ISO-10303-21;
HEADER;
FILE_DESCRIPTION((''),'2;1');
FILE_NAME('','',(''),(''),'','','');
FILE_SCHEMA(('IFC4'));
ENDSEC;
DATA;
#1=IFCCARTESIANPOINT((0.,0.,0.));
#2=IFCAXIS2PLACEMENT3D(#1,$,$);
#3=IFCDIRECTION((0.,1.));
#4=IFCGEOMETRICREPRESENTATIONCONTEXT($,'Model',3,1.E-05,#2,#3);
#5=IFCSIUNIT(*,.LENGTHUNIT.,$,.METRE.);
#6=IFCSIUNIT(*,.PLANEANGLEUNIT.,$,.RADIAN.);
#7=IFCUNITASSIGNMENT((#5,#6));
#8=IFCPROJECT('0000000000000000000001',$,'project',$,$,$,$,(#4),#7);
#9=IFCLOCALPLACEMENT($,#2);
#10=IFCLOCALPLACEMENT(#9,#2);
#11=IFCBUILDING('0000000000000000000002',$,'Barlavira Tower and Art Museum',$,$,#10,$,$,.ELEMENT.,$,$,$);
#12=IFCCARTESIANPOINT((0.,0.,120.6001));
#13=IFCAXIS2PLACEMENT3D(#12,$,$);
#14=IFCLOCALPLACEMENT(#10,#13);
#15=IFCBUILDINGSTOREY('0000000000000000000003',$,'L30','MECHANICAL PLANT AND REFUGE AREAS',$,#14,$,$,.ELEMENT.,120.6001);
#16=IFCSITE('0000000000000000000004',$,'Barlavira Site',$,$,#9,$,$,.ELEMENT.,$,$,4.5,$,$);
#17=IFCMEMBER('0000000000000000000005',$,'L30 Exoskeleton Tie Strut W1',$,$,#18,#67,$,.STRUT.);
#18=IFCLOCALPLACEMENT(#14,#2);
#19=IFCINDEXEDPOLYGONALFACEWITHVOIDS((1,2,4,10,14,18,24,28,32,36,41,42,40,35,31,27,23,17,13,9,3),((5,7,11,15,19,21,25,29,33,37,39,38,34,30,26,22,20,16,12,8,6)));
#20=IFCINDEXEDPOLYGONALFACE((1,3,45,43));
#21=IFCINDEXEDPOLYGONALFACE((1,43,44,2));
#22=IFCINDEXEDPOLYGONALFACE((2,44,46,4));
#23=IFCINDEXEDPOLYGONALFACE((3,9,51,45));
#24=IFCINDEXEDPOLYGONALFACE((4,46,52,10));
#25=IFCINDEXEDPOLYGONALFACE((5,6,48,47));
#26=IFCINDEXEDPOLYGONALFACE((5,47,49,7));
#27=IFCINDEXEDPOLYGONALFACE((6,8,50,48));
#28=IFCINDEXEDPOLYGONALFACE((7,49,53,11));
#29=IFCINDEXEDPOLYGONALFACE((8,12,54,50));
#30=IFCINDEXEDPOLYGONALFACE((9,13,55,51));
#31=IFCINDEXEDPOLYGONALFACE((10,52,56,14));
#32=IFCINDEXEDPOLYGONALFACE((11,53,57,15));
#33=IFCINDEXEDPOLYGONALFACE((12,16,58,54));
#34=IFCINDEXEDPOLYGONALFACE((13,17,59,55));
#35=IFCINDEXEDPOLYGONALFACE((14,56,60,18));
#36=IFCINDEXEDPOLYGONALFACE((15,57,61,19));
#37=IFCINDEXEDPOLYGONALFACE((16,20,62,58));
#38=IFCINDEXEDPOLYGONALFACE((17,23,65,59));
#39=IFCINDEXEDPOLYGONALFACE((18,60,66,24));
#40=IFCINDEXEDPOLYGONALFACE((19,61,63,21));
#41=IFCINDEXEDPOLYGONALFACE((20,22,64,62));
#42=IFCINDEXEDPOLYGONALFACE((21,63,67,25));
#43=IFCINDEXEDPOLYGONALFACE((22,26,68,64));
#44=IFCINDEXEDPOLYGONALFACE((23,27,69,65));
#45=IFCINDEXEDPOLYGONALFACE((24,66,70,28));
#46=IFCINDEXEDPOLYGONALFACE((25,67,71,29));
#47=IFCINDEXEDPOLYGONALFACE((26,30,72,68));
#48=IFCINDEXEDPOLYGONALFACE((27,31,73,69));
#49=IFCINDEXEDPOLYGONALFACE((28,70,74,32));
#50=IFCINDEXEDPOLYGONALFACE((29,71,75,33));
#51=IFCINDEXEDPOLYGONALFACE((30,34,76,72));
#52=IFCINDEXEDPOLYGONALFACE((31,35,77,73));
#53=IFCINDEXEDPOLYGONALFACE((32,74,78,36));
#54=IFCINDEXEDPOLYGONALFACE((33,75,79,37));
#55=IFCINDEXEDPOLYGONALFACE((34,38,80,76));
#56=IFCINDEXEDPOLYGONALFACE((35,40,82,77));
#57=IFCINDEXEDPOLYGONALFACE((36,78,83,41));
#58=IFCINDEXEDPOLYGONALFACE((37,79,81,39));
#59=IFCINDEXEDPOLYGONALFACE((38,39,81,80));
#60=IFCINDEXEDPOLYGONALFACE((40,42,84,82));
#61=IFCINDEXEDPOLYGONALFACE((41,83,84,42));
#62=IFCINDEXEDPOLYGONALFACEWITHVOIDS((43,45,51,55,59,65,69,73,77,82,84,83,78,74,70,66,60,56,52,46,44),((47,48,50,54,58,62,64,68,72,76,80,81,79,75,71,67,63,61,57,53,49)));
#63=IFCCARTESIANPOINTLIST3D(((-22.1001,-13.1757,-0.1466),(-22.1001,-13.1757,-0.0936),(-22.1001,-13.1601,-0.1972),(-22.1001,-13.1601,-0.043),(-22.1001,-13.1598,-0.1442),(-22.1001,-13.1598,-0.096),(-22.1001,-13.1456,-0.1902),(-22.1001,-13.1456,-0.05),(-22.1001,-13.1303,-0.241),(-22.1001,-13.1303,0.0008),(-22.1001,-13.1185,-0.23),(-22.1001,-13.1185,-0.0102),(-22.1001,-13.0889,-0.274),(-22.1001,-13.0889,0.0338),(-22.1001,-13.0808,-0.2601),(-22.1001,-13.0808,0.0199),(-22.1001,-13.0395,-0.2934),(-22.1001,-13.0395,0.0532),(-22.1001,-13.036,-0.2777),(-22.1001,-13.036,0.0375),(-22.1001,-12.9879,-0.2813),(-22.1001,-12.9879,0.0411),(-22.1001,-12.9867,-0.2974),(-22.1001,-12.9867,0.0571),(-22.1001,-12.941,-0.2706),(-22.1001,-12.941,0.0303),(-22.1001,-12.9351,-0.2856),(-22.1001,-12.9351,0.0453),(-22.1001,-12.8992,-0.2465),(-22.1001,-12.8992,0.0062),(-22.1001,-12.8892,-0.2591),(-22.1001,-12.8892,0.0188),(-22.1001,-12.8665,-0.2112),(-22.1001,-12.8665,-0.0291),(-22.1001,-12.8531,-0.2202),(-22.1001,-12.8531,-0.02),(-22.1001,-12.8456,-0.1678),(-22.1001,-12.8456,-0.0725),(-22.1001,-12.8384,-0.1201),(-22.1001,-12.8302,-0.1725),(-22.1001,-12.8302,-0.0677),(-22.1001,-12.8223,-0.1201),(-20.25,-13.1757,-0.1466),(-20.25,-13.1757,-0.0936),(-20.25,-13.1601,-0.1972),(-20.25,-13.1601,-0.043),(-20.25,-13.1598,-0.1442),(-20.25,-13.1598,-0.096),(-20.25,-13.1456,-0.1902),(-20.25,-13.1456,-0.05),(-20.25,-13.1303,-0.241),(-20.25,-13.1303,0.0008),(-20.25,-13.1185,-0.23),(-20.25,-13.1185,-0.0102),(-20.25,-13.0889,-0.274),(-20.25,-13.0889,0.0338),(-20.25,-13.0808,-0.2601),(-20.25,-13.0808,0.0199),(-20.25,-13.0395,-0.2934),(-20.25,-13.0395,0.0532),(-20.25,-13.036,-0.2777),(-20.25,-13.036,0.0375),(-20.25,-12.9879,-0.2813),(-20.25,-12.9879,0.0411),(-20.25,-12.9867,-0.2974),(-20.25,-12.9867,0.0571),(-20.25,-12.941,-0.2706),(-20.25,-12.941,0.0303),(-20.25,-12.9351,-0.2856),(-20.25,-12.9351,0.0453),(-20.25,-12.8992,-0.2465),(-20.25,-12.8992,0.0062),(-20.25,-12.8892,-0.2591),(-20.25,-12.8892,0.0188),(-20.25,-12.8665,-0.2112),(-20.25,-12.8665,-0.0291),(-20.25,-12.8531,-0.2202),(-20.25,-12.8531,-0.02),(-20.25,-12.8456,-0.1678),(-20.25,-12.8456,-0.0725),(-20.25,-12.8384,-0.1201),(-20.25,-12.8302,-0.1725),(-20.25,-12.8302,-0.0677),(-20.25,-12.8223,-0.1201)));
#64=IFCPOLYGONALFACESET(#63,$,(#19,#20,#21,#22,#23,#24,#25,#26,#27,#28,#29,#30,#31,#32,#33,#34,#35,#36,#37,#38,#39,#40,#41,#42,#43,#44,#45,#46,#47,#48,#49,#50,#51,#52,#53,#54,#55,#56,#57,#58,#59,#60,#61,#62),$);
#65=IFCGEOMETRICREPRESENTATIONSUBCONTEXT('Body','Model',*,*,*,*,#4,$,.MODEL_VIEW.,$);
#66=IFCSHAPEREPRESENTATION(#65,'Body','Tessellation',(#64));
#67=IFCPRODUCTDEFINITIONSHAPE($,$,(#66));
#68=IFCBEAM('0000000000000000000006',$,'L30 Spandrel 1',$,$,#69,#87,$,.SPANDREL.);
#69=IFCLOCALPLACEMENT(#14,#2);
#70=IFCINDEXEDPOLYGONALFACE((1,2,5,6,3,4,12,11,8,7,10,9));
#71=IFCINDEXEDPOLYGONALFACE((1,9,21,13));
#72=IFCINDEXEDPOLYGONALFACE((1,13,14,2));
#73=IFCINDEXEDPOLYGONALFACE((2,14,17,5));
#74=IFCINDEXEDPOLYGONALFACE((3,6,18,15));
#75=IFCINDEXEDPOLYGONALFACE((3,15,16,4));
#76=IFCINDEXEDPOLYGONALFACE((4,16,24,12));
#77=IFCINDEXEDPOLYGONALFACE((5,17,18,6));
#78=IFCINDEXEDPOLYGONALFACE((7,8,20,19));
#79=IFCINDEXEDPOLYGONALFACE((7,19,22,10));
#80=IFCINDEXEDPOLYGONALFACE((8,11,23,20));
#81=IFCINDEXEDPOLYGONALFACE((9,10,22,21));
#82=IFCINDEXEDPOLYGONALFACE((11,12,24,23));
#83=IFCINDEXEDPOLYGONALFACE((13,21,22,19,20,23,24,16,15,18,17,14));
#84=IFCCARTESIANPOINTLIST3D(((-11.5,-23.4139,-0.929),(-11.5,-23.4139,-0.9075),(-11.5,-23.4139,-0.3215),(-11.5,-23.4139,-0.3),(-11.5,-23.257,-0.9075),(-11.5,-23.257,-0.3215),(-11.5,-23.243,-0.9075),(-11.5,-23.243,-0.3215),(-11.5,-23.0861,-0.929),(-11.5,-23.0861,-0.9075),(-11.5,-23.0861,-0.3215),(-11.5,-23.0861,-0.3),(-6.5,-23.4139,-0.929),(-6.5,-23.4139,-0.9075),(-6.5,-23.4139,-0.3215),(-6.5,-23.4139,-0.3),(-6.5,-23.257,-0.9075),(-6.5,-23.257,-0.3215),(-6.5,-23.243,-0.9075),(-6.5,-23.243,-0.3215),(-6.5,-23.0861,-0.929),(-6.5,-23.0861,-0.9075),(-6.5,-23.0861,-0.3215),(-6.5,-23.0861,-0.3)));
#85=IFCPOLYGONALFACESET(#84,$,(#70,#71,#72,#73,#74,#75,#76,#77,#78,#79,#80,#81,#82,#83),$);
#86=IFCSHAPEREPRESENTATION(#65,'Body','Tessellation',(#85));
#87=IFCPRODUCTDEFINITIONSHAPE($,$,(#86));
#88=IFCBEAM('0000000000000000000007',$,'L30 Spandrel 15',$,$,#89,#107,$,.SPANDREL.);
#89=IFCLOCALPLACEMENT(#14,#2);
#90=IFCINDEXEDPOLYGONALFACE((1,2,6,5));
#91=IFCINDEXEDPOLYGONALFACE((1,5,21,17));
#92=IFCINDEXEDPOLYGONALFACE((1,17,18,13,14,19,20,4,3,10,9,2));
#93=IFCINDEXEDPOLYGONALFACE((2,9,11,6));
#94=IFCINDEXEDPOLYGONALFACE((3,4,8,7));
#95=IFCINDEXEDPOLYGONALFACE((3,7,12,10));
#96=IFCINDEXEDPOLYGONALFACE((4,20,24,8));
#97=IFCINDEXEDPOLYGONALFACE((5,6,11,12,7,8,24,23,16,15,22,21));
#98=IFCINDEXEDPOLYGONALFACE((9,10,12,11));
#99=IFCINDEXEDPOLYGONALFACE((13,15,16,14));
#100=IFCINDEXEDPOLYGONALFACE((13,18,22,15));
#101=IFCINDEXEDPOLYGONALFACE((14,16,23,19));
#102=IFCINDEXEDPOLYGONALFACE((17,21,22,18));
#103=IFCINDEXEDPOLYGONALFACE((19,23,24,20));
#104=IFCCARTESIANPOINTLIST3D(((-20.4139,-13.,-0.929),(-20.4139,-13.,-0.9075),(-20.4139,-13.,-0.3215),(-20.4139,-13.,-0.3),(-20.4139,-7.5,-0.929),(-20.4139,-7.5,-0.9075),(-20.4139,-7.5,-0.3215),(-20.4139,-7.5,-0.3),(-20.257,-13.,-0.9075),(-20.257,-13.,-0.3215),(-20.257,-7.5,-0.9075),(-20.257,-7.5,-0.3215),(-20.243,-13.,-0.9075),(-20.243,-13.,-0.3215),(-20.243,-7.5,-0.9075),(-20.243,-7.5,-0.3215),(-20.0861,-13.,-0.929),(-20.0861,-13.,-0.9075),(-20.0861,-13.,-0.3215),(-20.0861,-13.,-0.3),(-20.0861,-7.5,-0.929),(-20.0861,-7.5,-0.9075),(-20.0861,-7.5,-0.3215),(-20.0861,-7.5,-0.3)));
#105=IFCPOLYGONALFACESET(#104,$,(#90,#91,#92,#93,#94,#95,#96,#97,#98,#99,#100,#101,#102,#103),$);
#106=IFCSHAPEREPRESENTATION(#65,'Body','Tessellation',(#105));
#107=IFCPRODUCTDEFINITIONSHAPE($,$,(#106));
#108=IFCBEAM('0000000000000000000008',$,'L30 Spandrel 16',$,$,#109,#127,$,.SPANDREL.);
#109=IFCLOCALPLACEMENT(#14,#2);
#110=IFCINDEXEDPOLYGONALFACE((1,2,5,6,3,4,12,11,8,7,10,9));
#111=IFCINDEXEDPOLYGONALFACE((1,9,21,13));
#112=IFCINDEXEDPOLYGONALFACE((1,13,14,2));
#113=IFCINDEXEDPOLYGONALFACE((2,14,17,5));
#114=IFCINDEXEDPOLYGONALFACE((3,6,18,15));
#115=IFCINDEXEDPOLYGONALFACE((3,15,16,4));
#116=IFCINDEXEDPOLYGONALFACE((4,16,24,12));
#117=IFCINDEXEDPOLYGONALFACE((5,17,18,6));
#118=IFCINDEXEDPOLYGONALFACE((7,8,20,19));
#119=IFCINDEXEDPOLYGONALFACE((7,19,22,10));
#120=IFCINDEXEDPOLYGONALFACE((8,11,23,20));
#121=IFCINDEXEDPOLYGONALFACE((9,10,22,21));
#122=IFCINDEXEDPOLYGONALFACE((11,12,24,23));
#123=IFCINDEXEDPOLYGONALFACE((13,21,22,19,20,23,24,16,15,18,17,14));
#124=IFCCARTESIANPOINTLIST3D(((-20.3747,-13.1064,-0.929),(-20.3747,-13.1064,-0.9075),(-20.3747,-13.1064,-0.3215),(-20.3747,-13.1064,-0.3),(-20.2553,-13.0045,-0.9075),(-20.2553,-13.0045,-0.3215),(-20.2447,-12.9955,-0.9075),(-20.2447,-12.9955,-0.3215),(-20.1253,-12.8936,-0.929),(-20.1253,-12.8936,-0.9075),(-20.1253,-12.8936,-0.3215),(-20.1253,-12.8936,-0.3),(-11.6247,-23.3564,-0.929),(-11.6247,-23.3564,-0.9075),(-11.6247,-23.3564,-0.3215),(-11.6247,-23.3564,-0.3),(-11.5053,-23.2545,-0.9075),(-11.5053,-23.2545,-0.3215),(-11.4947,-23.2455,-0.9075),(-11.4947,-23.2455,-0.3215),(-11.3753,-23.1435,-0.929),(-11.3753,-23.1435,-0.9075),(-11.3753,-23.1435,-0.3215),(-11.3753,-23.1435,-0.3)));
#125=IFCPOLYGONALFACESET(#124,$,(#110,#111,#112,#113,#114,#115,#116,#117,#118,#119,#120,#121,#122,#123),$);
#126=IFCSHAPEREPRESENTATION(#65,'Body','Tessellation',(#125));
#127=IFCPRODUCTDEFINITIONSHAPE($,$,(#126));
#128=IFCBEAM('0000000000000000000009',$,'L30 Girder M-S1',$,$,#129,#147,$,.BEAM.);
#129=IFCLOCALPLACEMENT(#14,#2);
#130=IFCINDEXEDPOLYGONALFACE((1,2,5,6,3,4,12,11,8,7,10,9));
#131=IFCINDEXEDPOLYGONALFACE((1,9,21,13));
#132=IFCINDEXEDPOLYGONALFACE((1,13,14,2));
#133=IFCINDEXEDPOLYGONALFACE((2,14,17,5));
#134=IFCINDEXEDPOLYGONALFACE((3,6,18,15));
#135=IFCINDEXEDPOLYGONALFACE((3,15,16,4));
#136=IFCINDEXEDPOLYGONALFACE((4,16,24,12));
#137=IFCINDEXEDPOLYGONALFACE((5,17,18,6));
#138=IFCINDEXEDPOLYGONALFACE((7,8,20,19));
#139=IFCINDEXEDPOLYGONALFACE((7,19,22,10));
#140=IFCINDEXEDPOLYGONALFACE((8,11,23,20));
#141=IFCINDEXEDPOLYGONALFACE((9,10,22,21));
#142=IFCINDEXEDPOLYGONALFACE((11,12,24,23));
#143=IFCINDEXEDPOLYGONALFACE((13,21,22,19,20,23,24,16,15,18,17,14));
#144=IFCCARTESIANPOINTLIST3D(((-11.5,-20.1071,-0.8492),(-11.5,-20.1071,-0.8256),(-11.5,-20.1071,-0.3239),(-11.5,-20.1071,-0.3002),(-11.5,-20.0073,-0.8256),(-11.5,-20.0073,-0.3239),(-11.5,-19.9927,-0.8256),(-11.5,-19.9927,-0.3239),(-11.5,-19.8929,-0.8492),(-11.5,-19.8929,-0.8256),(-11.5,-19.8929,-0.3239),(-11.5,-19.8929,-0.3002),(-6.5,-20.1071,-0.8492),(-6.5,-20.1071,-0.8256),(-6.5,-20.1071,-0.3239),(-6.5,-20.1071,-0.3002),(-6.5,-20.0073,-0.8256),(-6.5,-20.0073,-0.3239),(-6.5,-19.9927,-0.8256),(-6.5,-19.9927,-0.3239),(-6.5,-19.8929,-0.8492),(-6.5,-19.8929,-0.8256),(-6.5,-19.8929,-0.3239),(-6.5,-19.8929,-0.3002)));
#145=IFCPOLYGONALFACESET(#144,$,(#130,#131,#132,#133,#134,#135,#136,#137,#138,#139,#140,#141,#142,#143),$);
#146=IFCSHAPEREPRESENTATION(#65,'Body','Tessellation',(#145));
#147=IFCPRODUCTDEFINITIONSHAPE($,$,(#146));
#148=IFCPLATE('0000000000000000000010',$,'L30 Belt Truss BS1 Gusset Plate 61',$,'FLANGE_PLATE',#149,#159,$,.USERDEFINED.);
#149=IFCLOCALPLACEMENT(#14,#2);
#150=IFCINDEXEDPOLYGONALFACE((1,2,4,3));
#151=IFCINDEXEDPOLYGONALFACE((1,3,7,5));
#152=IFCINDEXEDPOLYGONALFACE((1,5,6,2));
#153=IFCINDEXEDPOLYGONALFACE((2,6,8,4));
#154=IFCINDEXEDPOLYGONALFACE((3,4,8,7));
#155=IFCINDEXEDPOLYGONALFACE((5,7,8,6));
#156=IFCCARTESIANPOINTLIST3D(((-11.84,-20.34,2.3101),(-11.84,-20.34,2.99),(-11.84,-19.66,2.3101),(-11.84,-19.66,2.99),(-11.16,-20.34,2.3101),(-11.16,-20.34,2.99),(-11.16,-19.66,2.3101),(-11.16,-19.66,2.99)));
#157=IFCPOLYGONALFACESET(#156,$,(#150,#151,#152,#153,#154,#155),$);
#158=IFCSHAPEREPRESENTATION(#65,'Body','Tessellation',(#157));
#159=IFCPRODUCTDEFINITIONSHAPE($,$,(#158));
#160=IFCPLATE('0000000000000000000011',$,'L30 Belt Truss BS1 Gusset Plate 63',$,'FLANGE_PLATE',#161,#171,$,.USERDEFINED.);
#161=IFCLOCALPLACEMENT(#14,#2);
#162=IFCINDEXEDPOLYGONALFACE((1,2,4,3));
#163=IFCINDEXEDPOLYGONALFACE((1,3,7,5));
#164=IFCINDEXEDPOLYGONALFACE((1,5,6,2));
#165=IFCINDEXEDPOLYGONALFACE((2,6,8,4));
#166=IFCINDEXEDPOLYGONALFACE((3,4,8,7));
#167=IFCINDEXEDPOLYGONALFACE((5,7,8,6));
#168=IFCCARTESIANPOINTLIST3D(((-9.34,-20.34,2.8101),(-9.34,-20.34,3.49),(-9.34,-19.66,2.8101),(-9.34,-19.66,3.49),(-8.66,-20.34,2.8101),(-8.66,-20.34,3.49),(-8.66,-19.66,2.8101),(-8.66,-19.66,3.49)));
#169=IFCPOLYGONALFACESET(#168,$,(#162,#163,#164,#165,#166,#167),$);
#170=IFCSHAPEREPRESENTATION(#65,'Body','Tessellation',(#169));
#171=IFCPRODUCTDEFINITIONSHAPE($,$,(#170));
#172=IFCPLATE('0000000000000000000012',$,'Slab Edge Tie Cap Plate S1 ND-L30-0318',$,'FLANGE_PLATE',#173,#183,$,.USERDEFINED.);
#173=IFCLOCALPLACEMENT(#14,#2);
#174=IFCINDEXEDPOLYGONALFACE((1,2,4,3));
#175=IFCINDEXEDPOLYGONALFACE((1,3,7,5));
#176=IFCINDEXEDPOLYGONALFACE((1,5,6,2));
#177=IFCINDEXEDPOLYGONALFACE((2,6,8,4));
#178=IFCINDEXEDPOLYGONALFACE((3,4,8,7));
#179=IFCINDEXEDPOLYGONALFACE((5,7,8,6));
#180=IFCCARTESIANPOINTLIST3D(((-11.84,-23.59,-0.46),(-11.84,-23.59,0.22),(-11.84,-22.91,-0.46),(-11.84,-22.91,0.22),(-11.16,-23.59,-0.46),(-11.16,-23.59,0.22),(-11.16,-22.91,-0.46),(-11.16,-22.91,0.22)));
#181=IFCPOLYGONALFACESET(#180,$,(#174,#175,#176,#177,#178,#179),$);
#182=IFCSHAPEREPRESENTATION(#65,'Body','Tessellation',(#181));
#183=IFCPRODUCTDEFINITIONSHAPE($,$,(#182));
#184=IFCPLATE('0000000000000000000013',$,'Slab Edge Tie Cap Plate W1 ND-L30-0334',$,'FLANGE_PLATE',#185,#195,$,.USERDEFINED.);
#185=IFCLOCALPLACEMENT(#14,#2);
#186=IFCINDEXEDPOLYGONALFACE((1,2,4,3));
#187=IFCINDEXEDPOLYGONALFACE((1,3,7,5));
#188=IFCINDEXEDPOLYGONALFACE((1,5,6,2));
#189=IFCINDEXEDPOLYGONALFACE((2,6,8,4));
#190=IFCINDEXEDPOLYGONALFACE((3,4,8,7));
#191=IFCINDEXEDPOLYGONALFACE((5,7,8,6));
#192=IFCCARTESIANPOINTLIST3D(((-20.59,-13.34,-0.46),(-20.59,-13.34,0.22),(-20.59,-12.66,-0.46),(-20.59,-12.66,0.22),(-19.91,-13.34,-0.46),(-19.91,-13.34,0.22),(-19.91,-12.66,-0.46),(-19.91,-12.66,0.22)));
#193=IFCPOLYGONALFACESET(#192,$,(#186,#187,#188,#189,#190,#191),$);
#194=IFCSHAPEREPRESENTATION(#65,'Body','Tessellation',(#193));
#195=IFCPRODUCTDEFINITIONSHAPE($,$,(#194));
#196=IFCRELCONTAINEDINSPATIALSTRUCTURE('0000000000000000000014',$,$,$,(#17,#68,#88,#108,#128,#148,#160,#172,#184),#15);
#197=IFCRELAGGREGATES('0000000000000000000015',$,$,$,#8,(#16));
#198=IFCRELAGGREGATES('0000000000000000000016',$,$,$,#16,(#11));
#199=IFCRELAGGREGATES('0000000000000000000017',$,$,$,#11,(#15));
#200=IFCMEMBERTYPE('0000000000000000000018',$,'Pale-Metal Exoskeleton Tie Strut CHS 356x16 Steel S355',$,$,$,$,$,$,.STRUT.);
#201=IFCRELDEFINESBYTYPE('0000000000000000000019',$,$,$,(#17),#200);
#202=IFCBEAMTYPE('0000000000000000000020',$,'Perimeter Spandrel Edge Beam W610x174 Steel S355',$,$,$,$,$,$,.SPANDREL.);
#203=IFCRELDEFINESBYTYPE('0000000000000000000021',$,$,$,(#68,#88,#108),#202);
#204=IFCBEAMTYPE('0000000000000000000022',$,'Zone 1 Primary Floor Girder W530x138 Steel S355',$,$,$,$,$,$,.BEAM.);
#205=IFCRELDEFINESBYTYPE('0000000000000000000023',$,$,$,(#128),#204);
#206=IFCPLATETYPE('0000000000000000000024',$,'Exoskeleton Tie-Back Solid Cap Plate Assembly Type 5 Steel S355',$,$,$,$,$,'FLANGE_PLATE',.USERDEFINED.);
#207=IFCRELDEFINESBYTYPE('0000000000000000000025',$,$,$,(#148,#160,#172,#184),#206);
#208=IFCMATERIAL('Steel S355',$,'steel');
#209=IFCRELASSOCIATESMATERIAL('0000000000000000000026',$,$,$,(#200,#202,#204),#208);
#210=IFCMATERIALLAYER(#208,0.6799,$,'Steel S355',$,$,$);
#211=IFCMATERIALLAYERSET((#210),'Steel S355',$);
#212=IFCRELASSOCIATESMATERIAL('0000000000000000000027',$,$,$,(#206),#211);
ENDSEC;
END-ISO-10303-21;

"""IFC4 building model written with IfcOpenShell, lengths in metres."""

from ifc_helpers import new_model, si_unit, direction, frame, origin, origin_2d, place, context, subcontext, project, spatial, rectangle, hollow_circle, i_section, extrude, material, layer, layer_set, material_profile, profile_set, type_object, element, save


model = new_model("IFC4")

# Units and contexts
model_context = context("Model", 3, precision=1e-05, world=origin(), true_north=direction((0.0, 1.0)))
body_context = subcontext(model_context, "Body", "Model", "MODEL_VIEW")
ifc_project = project(units=[si_unit("LENGTHUNIT", "METRE"), si_unit("PLANEANGLEUNIT", "RADIAN")], contexts=[model_context])

# Site, building, storey
site_placement = place(None, origin())
site = spatial("IfcSite", under=ifc_project, at=site_placement, Name="Barlavira Site", CompositionType="ELEMENT", RefElevation=4.5)
building_placement = place(site_placement, origin())
building = spatial("IfcBuilding", under=site, at=building_placement, Name="Barlavira Tower and Art Museum", CompositionType="ELEMENT")
storey_placement = place(building_placement, frame((0.0, 0.0, 120.6001)))
storey = spatial("IfcBuildingStorey", under=building, at=storey_placement, Name="L30", Description="MECHANICAL PLANT AND REFUGE AREAS", CompositionType="ELEMENT", Elevation=120.6001)

# Member
ifc_material_1 = material(Name="Steel S355", Category="steel")
ifc_material_profile_1 = material_profile(ifc_material_1, hollow_circle(Radius=0.1777, WallThickness=0.0161, at=origin_2d()), Name="CHS 355.6x16.0")
ifc_profile_set_1 = profile_set([ifc_material_profile_1], Name="Steel S355")
member_type_1 = type_object("IfcMemberType", Name="Pale-Metal Exoskeleton Tie Strut CHS 356x16 Steel S355", PredefinedType="STRUT", material=ifc_profile_set_1)
for number, where, z_axis, x_axis, name in (
    (1, (-22.1001, -13.0, -0.1201), (1.0, 0.0, 0.0), (0.0, 1.0, 0.0), "L30 Exoskeleton Tie Strut W1"),
):
    element("IfcMember", number, at=place(storey_placement, frame(where, z_axis=z_axis, x_axis=x_axis)), inside=storey, type_object=member_type_1, Name=name, PredefinedType="STRUT", context=body_context, shape_type="SweptSolid", body=[
        extrude(hollow_circle(Radius=0.1777, WallThickness=0.0161, at=origin_2d()), origin(), (0.0, 0.0, 1.0), 1.8501),
    ])

# Beams
ifc_material_profile_2 = material_profile(ifc_material_1, i_section(OverallWidth=0.3279, OverallDepth=0.6289, WebThickness=0.0139, FlangeThickness=0.0215, at=origin_2d()), Name="W610x174.0")
ifc_profile_set_2 = profile_set([ifc_material_profile_2], Name="Steel S355")
beam_type_1 = type_object("IfcBeamType", Name="Perimeter Spandrel Edge Beam W610x174 Steel S355", PredefinedType="SPANDREL", material=ifc_profile_set_2)
beam_1_placement = place(storey_placement, frame((-11.5, -23.25, -0.6145), z_axis=(1.0, 0.0, 0.0), x_axis=(0.0, 1.0, 0.0)))
element("IfcBeam", 2, at=beam_1_placement, inside=storey, type_object=beam_type_1, Name="L30 Spandrel 1", PredefinedType="SPANDREL", context=body_context, shape_type="SweptSolid", body=[
    extrude(i_section(OverallWidth=0.3279, OverallDepth=0.6289, WebThickness=0.0139, FlangeThickness=0.0215, at=origin_2d()), origin(), (0.0, 0.0, 1.0), 5.0),
])
beam_2_placement = place(storey_placement, frame((-20.25, -13.0, -0.6145), z_axis=(0.0, 1.0, 0.0), x_axis=(-1.0, 0.0, 0.0)))
element("IfcBeam", 3, at=beam_2_placement, inside=storey, type_object=beam_type_1, Name="L30 Spandrel 15", PredefinedType="SPANDREL", context=body_context, shape_type="SweptSolid", body=[
    extrude(i_section(OverallWidth=0.3279, OverallDepth=0.6289, WebThickness=0.0139, FlangeThickness=0.0215, at=origin_2d()), origin(), (0.0, 0.0, 1.0), 5.5),
])
beam_3_placement = place(storey_placement, frame((-20.25, -13.0, -0.6145), z_axis=(0.649262, -0.760565, 0.0), x_axis=(0.760565, 0.649262, 0.0)))
element("IfcBeam", 4, at=beam_3_placement, inside=storey, type_object=beam_type_1, Name="L30 Spandrel 16", PredefinedType="SPANDREL", context=body_context, shape_type="SweptSolid", body=[
    extrude(i_section(OverallWidth=0.3279, OverallDepth=0.6289, WebThickness=0.0139, FlangeThickness=0.0215, at=origin_2d()), origin(), (0.0, 0.0, 1.0), 13.4768),
])
ifc_material_profile_3 = material_profile(ifc_material_1, i_section(OverallWidth=0.2141, OverallDepth=0.5491, WebThickness=0.0146, FlangeThickness=0.0237, at=origin_2d()), Name="W530x138.0")
ifc_profile_set_3 = profile_set([ifc_material_profile_3], Name="Steel S355")
beam_type_2 = type_object("IfcBeamType", Name="Zone 1 Primary Floor Girder W530x138 Steel S355", PredefinedType="BEAM", material=ifc_profile_set_3)
beam_4_placement = place(storey_placement, frame((-11.5, -20.0, -0.5747), z_axis=(1.0, 0.0, 0.0), x_axis=(0.0, 1.0, 0.0)))
element("IfcBeam", 5, at=beam_4_placement, inside=storey, type_object=beam_type_2, Name="L30 Girder M-S1", PredefinedType="BEAM", context=body_context, shape_type="SweptSolid", body=[
    extrude(i_section(OverallWidth=0.2141, OverallDepth=0.5491, WebThickness=0.0146, FlangeThickness=0.0237, at=origin_2d()), origin(), (0.0, 0.0, 1.0), 5.0),
])

# Plates
ifc_layer_1 = layer(ifc_material_1, 0.6799, Name="Steel S355")
ifc_layer_set_1 = layer_set([ifc_layer_1], Name="Steel S355")
plate_type = type_object("IfcPlateType", Name="Exoskeleton Tie-Back Solid Cap Plate Assembly Type 5 Steel S355", ElementType="FLANGE_PLATE", PredefinedType="USERDEFINED", material=ifc_layer_set_1)
for number, where, z_axis, x_axis, name in (
    (6, (-11.5, -20.0, 2.3101), (0.0, 0.0, 1.0), (1.0, 0.0, 0.0), "L30 Belt Truss BS1 Gusset Plate 61"),
    (7, (-9.0, -20.0, 2.8101), (0.0, 0.0, 1.0), (1.0, 0.0, 0.0), "L30 Belt Truss BS1 Gusset Plate 63"),
    (8, (-11.5, -23.25, -0.46), (0.0, 0.0, 1.0), (1.0, 0.0, 0.0), "Slab Edge Tie Cap Plate S1 ND-L30-0318"),
    (9, (-20.25, -13.0, -0.46), (0.0, 0.0, 1.0), (1.0, 0.0, 0.0), "Slab Edge Tie Cap Plate W1 ND-L30-0334"),
):
    element("IfcPlate", number, at=place(storey_placement, frame(where, z_axis=z_axis, x_axis=x_axis)), inside=storey, type_object=plate_type, Name=name, ObjectType="FLANGE_PLATE", PredefinedType="USERDEFINED", context=body_context, shape_type="SweptSolid", body=[
        extrude(rectangle(XDim=0.6799, YDim=0.6799, at=origin_2d()), origin(), (0.0, 0.0, 1.0), 0.6799),
    ])

save(model, "model.ifc")
